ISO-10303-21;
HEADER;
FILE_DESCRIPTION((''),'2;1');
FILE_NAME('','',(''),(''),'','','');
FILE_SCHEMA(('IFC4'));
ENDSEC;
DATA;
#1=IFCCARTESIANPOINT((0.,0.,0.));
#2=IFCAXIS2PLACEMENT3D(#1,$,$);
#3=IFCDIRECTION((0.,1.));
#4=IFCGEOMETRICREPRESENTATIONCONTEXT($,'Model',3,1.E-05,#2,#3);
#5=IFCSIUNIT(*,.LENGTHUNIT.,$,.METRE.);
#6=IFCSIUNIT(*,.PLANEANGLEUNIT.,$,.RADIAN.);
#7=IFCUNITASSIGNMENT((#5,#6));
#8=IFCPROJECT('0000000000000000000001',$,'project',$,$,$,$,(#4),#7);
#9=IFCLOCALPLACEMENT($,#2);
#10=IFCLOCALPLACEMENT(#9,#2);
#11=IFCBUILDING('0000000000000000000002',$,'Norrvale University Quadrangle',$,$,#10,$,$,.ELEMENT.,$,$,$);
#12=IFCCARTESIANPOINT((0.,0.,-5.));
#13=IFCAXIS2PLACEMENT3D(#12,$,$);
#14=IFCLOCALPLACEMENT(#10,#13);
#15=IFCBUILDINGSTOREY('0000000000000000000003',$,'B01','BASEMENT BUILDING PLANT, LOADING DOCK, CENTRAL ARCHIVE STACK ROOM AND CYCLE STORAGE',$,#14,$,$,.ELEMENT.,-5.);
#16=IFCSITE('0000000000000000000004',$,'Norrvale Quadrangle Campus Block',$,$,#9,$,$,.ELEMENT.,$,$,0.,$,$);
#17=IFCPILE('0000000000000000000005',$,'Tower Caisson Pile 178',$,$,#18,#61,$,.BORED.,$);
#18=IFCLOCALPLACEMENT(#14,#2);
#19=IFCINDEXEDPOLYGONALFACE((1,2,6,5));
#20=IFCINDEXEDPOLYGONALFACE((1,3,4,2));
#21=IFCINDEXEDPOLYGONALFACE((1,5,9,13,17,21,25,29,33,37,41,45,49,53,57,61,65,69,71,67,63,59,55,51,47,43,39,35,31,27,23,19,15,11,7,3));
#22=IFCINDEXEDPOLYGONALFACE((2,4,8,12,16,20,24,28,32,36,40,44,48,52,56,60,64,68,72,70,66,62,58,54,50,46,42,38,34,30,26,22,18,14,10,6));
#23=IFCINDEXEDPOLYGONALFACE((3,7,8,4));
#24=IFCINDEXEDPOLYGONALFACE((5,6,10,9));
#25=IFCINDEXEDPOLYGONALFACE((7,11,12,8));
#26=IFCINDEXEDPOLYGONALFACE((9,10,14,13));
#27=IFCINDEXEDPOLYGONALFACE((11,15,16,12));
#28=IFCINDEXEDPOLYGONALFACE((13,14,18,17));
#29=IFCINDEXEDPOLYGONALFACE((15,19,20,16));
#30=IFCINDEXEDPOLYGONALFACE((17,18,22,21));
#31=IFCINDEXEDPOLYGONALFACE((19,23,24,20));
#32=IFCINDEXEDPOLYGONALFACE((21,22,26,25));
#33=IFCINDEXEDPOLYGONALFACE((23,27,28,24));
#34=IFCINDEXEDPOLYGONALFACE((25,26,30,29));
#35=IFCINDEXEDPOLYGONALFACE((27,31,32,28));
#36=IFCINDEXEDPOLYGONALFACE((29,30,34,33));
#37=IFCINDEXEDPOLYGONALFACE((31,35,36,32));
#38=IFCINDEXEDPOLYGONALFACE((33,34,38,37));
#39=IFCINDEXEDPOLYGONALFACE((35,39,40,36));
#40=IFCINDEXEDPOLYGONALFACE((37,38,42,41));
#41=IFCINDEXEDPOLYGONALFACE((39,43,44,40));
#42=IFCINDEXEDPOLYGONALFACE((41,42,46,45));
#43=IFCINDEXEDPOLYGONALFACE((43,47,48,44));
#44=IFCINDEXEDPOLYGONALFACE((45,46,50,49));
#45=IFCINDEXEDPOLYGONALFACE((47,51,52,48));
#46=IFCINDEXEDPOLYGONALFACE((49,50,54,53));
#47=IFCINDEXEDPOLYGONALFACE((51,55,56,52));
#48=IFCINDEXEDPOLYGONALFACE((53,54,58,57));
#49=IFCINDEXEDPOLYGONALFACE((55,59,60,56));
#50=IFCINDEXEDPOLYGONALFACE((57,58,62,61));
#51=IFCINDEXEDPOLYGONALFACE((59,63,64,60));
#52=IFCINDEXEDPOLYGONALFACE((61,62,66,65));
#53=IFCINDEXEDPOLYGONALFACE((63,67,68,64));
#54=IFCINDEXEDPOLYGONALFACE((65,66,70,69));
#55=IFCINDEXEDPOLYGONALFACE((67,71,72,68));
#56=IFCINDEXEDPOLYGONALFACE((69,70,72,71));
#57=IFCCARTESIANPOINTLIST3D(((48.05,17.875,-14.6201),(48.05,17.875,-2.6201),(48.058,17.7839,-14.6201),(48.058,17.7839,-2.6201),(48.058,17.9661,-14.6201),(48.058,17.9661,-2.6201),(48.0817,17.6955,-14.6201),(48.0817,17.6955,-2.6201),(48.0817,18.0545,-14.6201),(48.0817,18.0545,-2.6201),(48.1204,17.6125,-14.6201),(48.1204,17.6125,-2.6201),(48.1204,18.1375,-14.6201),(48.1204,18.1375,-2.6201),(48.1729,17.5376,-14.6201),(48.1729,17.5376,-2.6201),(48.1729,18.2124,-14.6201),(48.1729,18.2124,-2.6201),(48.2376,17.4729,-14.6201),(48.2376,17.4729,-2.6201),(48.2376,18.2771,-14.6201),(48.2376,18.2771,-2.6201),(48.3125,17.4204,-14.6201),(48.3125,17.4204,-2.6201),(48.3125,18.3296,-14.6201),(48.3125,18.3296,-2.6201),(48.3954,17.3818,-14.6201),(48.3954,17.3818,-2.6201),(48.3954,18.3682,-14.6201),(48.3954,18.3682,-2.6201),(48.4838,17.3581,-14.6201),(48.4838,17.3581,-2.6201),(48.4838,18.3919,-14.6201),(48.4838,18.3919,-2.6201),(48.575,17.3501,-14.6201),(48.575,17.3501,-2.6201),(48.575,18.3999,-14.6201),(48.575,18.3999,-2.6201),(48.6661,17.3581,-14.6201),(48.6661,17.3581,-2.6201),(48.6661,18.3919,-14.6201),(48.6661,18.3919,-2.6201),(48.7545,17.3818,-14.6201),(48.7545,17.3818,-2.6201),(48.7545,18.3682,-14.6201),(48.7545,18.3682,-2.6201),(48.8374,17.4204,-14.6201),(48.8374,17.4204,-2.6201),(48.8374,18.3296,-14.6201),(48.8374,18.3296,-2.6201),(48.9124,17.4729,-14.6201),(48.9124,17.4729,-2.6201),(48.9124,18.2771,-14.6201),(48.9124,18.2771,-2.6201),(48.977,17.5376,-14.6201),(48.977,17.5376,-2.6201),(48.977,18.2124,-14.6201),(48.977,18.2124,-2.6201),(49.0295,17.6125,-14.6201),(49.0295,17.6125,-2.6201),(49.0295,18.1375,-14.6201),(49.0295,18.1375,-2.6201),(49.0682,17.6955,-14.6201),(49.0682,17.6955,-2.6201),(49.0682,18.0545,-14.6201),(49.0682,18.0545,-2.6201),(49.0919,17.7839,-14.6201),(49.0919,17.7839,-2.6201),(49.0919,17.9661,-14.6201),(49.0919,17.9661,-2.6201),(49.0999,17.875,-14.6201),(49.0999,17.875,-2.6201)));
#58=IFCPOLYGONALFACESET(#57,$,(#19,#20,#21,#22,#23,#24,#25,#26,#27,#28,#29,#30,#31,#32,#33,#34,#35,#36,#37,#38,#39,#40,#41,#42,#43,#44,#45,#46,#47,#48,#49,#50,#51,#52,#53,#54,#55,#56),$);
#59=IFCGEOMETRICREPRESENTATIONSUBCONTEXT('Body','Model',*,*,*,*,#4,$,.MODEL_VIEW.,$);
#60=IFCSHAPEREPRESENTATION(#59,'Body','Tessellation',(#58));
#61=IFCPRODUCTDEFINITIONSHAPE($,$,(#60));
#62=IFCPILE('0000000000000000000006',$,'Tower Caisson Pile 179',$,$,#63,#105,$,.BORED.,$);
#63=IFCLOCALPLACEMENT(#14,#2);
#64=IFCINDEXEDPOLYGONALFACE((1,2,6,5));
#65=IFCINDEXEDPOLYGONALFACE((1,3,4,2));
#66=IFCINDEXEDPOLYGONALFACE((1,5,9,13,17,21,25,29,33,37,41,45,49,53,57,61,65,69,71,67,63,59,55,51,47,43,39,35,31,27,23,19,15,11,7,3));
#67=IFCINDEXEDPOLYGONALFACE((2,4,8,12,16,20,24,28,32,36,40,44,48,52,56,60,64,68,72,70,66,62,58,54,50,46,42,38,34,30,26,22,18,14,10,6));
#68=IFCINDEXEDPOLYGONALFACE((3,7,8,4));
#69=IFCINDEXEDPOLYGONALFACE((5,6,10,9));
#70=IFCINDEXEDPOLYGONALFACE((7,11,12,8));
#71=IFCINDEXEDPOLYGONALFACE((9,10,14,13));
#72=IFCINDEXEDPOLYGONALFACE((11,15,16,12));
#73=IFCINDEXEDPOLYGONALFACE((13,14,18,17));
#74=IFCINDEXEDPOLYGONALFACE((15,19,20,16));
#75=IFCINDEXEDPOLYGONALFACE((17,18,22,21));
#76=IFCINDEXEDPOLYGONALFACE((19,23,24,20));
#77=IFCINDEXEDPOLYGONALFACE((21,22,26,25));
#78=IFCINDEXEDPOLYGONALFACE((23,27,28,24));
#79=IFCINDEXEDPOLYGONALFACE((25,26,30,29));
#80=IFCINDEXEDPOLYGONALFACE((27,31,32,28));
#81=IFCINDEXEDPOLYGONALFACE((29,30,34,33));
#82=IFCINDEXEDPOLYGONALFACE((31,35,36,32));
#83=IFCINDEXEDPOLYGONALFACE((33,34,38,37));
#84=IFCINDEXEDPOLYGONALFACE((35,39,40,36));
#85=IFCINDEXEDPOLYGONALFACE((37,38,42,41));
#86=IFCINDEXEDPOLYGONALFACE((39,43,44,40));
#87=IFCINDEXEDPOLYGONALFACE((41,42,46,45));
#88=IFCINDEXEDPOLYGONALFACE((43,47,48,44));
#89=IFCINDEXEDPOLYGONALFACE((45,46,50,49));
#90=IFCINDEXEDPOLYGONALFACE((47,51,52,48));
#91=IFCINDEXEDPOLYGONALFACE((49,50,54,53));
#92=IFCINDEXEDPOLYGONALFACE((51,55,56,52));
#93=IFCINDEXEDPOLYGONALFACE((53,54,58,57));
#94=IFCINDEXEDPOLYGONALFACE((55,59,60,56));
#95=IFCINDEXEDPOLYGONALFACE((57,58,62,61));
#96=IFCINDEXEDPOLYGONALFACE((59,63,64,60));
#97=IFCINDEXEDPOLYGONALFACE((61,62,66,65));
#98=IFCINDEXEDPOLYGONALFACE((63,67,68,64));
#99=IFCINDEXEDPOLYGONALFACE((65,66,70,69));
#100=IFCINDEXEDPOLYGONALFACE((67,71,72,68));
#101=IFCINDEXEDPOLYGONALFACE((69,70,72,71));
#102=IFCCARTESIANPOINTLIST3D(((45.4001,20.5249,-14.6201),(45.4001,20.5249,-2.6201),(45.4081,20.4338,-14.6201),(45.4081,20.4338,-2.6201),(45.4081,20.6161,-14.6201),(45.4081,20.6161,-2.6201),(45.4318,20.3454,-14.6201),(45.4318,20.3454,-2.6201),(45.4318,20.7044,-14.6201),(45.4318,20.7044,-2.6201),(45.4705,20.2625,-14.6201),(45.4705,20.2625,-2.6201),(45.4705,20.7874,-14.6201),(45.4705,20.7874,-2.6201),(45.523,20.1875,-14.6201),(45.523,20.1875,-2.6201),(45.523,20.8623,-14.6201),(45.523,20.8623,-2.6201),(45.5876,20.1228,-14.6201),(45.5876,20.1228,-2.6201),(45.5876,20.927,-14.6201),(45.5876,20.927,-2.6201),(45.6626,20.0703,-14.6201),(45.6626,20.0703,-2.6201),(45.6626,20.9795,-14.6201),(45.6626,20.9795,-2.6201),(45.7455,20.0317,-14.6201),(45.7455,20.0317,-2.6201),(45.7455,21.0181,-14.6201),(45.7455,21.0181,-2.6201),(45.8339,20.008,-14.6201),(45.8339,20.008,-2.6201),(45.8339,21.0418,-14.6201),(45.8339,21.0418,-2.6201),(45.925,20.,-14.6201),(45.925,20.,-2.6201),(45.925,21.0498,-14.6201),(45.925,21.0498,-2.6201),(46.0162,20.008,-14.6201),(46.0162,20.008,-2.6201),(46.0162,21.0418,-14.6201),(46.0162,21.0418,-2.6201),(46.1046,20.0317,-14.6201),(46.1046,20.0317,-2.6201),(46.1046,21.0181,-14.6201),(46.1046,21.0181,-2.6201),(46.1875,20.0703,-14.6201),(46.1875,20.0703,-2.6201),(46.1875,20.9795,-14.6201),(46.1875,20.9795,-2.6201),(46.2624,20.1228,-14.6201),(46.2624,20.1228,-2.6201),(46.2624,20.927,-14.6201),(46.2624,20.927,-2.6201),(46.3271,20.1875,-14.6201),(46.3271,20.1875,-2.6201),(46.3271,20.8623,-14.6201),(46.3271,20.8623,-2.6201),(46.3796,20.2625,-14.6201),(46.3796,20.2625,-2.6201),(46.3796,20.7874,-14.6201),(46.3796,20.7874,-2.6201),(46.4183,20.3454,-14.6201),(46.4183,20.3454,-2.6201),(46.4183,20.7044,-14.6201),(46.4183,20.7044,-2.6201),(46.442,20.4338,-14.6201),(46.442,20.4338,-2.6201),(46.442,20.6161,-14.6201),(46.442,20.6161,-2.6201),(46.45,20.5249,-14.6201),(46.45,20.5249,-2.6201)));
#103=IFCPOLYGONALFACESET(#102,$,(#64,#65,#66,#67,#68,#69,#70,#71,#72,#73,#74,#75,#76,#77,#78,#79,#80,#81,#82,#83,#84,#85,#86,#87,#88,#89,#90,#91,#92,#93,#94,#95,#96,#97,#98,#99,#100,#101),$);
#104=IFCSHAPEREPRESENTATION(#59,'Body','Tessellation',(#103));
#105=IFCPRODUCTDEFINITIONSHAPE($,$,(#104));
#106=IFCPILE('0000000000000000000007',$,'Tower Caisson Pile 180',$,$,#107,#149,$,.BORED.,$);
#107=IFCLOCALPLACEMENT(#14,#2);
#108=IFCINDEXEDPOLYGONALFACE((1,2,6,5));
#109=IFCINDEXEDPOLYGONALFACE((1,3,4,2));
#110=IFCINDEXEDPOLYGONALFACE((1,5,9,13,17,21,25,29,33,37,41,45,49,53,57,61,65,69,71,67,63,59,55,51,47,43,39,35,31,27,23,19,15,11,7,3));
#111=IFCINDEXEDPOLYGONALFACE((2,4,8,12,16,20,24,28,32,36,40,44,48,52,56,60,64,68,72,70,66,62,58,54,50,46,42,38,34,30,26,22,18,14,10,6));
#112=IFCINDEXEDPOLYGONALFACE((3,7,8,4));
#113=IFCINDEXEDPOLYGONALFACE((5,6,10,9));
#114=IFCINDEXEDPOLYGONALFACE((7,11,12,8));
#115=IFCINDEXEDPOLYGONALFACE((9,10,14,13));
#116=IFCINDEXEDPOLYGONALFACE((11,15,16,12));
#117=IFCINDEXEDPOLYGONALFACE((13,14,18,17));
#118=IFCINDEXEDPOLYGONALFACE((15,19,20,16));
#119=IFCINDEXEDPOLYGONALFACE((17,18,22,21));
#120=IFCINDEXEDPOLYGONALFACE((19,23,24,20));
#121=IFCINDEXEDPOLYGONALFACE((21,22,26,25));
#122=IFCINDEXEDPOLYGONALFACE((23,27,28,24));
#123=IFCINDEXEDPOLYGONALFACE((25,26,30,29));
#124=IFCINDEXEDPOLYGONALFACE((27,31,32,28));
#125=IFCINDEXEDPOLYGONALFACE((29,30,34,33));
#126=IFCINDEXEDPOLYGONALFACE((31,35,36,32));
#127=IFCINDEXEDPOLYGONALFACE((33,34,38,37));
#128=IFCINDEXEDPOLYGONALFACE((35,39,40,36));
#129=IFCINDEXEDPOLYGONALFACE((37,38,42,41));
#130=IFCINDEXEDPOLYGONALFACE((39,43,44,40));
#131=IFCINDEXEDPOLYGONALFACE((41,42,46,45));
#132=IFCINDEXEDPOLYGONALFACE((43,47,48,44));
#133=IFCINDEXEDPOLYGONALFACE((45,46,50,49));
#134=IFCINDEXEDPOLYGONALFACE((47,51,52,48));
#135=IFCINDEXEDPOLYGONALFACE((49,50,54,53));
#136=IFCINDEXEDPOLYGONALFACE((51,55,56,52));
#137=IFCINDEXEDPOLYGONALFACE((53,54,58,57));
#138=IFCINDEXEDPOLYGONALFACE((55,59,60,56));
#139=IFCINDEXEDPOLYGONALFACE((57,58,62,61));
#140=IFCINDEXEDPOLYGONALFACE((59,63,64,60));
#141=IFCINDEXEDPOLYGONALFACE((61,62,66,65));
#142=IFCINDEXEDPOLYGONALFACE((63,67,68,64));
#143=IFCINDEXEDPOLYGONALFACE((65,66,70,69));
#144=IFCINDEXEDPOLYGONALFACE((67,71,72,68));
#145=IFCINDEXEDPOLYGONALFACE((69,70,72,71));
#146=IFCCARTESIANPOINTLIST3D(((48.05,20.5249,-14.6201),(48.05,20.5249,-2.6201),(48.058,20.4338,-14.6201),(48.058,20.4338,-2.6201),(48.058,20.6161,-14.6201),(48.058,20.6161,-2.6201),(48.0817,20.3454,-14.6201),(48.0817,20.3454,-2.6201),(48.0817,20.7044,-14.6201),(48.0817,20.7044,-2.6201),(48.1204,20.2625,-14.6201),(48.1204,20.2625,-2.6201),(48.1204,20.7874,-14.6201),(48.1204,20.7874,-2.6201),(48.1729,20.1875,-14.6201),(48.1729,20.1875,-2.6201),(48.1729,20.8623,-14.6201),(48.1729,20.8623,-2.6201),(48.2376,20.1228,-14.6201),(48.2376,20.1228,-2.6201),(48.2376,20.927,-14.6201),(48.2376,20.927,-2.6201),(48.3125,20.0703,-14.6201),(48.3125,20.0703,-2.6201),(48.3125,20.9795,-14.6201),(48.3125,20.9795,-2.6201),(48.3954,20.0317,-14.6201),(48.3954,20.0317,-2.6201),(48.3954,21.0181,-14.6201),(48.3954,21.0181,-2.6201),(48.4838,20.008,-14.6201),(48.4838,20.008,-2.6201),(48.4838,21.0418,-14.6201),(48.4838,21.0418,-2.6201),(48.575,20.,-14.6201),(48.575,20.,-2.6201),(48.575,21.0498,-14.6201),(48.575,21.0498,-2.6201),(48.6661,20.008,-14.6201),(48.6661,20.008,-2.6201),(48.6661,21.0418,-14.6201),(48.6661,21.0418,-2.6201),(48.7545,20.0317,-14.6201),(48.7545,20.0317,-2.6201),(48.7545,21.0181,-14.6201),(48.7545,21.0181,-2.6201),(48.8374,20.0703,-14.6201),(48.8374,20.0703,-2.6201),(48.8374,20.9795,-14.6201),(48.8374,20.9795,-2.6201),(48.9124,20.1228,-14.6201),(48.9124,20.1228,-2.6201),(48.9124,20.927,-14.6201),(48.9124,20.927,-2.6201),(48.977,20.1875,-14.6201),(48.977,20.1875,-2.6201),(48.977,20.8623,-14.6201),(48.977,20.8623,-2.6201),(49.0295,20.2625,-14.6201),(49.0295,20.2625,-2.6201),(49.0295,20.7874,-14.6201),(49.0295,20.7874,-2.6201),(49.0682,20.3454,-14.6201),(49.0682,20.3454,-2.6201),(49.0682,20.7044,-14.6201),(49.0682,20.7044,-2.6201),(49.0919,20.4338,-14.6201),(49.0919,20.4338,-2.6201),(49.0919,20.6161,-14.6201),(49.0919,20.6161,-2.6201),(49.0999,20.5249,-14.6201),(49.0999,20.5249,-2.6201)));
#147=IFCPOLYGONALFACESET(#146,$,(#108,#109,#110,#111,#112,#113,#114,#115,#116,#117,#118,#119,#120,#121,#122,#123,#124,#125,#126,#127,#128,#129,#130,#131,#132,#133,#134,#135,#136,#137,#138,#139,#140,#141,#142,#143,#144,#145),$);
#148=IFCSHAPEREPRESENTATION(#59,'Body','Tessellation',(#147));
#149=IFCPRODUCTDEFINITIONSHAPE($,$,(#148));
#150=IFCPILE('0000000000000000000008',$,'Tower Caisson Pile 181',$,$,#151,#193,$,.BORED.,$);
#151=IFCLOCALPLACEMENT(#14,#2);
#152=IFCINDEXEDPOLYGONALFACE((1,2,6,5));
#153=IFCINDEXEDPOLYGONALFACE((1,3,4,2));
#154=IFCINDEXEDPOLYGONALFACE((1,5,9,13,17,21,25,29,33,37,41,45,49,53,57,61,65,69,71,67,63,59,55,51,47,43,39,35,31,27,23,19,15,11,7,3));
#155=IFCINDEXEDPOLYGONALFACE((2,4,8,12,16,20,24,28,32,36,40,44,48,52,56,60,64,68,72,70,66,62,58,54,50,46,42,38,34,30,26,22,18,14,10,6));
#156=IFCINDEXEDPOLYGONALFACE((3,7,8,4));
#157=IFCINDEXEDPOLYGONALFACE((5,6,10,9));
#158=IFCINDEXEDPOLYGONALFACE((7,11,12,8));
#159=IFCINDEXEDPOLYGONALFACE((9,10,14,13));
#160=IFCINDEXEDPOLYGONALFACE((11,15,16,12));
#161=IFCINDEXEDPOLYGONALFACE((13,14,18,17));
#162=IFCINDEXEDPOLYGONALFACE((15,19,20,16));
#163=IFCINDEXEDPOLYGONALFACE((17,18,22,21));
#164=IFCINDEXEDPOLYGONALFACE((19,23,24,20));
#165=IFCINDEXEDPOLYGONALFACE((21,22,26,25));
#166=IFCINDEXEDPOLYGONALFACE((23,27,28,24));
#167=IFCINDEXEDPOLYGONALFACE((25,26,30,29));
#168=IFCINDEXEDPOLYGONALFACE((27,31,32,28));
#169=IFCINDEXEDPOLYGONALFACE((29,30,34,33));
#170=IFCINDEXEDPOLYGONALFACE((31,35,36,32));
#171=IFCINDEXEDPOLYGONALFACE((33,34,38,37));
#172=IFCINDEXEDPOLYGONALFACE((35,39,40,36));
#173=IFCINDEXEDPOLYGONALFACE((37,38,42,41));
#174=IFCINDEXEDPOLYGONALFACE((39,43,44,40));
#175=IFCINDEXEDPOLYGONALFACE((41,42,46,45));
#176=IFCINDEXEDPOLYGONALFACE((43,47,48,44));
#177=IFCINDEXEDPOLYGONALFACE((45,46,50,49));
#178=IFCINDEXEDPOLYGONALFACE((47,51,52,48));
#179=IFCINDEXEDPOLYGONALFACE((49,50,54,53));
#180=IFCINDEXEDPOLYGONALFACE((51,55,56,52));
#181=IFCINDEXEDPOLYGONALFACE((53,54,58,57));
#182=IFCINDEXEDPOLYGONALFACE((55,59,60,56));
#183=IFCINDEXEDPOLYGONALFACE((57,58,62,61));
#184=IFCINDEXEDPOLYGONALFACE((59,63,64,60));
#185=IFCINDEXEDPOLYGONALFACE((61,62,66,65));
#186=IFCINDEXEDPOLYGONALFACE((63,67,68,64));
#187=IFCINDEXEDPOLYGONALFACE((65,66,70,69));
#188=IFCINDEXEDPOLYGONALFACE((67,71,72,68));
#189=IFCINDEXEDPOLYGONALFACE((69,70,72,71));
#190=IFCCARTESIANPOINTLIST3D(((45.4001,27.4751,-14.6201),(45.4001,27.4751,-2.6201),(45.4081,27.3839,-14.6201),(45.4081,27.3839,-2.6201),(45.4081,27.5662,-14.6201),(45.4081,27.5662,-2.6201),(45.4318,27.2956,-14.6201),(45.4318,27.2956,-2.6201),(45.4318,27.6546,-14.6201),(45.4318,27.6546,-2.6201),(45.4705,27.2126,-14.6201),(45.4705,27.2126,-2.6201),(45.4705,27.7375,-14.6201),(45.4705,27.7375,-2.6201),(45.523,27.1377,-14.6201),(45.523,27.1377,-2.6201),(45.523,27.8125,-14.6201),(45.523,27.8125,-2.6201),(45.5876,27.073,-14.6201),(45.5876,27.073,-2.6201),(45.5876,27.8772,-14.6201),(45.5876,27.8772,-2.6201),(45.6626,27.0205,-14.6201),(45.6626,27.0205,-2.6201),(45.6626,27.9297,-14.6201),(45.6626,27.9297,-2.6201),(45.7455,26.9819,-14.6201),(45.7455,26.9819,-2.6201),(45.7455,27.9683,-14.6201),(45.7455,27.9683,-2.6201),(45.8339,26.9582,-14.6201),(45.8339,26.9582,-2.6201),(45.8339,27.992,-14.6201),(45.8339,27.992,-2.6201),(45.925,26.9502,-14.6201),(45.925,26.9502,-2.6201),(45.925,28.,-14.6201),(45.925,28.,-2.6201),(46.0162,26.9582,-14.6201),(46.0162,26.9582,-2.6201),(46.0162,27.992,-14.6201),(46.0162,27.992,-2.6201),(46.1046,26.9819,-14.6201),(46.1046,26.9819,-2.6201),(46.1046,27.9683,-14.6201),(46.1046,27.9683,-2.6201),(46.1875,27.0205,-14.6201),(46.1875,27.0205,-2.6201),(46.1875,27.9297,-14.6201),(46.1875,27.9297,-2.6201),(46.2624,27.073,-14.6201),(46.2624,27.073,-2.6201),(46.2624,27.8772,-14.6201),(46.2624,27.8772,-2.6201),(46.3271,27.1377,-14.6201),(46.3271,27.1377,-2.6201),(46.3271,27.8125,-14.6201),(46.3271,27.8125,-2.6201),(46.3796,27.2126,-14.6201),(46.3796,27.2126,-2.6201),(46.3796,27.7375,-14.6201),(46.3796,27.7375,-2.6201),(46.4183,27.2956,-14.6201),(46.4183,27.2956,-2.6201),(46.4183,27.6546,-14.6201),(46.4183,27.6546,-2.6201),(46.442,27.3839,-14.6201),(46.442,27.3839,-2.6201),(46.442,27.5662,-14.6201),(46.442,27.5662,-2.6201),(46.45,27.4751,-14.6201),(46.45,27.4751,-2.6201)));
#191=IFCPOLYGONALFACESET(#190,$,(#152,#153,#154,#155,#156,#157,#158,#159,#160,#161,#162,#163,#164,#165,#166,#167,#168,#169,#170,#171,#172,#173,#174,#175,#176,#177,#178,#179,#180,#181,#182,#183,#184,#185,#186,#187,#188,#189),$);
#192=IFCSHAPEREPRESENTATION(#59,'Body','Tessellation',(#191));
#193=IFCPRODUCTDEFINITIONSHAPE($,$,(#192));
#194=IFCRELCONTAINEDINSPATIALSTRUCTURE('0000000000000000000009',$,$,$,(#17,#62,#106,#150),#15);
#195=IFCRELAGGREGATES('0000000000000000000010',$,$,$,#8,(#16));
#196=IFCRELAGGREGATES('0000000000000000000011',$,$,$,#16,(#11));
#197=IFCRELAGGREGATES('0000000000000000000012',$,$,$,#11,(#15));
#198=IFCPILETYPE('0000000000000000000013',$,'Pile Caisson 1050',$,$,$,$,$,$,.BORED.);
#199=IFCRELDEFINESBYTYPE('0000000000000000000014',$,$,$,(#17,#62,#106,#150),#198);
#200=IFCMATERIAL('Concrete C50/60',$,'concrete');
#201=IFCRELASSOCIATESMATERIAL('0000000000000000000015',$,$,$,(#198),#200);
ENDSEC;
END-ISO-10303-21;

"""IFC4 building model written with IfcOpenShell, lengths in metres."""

from ifc_helpers import new_model, si_unit, direction, frame, origin, origin_2d, place, context, subcontext, project, spatial, circle, extrude, material, material_profile, profile_set, type_object, element, save


model = new_model("IFC4")

# Units and contexts
model_context = context("Model", 3, precision=1e-05, world=origin(), true_north=direction((0.0, 1.0)))
body_context = subcontext(model_context, "Body", "Model", "MODEL_VIEW")
ifc_project = project(units=[si_unit("LENGTHUNIT", "METRE"), si_unit("PLANEANGLEUNIT", "RADIAN")], contexts=[model_context])

# Site, building, storey
site_placement = place(None, origin())
site = spatial("IfcSite", under=ifc_project, at=site_placement, Name="Norrvale Quadrangle Campus Block", CompositionType="ELEMENT", RefElevation=0.0)
building_placement = place(site_placement, origin())
building = spatial("IfcBuilding", under=site, at=building_placement, Name="Norrvale University Quadrangle", CompositionType="ELEMENT")
storey_placement = place(building_placement, frame((0.0, 0.0, -5.0)))
storey = spatial("IfcBuildingStorey", under=building, at=storey_placement, Name="B01", Description="BASEMENT BUILDING PLANT, LOADING DOCK, CENTRAL ARCHIVE STACK ROOM AND CYCLE STORAGE", CompositionType="ELEMENT", Elevation=-5.0)

# Shared definitions
ifc_material_1 = material(Name="Concrete C50/60", Category="concrete")

# Piles
ifc_material_profile_1 = material_profile(ifc_material_1, circle(Radius=0.5249, at=origin_2d()), Name="Concrete C50/60")
ifc_profile_set_1 = profile_set([ifc_material_profile_1], Name="Concrete C50/60")
pile_type_1 = type_object("IfcPileType", Name="Pile Caisson 1050", PredefinedType="BORED", material=ifc_profile_set_1)
for number, where, z_axis, x_axis, name in (
    (1, (48.575, 17.875, -2.6201), (0.0, 0.0, -1.0), (1.0, 0.0, 0.0), "Tower Caisson Pile 178"),
    (2, (45.925, 20.5249, -2.6201), (0.0, 0.0, -1.0), (1.0, 0.0, 0.0), "Tower Caisson Pile 179"),
    (3, (48.575, 20.5249, -2.6201), (0.0, 0.0, -1.0), (1.0, 0.0, 0.0), "Tower Caisson Pile 180"),
    (4, (45.925, 27.4751, -2.6201), (0.0, 0.0, -1.0), (1.0, 0.0, 0.0), "Tower Caisson Pile 181"),
):
    element("IfcPile", number, at=place(storey_placement, frame(where, z_axis=z_axis, x_axis=x_axis)), inside=storey, type_object=pile_type_1, Name=name, PredefinedType="BORED", context=body_context, shape_type="SweptSolid", body=[
        extrude(circle(Radius=0.5249, at=origin_2d()), origin(), (0.0, 0.0, 1.0), 12.0),
    ])

save(model, "model.ifc")
